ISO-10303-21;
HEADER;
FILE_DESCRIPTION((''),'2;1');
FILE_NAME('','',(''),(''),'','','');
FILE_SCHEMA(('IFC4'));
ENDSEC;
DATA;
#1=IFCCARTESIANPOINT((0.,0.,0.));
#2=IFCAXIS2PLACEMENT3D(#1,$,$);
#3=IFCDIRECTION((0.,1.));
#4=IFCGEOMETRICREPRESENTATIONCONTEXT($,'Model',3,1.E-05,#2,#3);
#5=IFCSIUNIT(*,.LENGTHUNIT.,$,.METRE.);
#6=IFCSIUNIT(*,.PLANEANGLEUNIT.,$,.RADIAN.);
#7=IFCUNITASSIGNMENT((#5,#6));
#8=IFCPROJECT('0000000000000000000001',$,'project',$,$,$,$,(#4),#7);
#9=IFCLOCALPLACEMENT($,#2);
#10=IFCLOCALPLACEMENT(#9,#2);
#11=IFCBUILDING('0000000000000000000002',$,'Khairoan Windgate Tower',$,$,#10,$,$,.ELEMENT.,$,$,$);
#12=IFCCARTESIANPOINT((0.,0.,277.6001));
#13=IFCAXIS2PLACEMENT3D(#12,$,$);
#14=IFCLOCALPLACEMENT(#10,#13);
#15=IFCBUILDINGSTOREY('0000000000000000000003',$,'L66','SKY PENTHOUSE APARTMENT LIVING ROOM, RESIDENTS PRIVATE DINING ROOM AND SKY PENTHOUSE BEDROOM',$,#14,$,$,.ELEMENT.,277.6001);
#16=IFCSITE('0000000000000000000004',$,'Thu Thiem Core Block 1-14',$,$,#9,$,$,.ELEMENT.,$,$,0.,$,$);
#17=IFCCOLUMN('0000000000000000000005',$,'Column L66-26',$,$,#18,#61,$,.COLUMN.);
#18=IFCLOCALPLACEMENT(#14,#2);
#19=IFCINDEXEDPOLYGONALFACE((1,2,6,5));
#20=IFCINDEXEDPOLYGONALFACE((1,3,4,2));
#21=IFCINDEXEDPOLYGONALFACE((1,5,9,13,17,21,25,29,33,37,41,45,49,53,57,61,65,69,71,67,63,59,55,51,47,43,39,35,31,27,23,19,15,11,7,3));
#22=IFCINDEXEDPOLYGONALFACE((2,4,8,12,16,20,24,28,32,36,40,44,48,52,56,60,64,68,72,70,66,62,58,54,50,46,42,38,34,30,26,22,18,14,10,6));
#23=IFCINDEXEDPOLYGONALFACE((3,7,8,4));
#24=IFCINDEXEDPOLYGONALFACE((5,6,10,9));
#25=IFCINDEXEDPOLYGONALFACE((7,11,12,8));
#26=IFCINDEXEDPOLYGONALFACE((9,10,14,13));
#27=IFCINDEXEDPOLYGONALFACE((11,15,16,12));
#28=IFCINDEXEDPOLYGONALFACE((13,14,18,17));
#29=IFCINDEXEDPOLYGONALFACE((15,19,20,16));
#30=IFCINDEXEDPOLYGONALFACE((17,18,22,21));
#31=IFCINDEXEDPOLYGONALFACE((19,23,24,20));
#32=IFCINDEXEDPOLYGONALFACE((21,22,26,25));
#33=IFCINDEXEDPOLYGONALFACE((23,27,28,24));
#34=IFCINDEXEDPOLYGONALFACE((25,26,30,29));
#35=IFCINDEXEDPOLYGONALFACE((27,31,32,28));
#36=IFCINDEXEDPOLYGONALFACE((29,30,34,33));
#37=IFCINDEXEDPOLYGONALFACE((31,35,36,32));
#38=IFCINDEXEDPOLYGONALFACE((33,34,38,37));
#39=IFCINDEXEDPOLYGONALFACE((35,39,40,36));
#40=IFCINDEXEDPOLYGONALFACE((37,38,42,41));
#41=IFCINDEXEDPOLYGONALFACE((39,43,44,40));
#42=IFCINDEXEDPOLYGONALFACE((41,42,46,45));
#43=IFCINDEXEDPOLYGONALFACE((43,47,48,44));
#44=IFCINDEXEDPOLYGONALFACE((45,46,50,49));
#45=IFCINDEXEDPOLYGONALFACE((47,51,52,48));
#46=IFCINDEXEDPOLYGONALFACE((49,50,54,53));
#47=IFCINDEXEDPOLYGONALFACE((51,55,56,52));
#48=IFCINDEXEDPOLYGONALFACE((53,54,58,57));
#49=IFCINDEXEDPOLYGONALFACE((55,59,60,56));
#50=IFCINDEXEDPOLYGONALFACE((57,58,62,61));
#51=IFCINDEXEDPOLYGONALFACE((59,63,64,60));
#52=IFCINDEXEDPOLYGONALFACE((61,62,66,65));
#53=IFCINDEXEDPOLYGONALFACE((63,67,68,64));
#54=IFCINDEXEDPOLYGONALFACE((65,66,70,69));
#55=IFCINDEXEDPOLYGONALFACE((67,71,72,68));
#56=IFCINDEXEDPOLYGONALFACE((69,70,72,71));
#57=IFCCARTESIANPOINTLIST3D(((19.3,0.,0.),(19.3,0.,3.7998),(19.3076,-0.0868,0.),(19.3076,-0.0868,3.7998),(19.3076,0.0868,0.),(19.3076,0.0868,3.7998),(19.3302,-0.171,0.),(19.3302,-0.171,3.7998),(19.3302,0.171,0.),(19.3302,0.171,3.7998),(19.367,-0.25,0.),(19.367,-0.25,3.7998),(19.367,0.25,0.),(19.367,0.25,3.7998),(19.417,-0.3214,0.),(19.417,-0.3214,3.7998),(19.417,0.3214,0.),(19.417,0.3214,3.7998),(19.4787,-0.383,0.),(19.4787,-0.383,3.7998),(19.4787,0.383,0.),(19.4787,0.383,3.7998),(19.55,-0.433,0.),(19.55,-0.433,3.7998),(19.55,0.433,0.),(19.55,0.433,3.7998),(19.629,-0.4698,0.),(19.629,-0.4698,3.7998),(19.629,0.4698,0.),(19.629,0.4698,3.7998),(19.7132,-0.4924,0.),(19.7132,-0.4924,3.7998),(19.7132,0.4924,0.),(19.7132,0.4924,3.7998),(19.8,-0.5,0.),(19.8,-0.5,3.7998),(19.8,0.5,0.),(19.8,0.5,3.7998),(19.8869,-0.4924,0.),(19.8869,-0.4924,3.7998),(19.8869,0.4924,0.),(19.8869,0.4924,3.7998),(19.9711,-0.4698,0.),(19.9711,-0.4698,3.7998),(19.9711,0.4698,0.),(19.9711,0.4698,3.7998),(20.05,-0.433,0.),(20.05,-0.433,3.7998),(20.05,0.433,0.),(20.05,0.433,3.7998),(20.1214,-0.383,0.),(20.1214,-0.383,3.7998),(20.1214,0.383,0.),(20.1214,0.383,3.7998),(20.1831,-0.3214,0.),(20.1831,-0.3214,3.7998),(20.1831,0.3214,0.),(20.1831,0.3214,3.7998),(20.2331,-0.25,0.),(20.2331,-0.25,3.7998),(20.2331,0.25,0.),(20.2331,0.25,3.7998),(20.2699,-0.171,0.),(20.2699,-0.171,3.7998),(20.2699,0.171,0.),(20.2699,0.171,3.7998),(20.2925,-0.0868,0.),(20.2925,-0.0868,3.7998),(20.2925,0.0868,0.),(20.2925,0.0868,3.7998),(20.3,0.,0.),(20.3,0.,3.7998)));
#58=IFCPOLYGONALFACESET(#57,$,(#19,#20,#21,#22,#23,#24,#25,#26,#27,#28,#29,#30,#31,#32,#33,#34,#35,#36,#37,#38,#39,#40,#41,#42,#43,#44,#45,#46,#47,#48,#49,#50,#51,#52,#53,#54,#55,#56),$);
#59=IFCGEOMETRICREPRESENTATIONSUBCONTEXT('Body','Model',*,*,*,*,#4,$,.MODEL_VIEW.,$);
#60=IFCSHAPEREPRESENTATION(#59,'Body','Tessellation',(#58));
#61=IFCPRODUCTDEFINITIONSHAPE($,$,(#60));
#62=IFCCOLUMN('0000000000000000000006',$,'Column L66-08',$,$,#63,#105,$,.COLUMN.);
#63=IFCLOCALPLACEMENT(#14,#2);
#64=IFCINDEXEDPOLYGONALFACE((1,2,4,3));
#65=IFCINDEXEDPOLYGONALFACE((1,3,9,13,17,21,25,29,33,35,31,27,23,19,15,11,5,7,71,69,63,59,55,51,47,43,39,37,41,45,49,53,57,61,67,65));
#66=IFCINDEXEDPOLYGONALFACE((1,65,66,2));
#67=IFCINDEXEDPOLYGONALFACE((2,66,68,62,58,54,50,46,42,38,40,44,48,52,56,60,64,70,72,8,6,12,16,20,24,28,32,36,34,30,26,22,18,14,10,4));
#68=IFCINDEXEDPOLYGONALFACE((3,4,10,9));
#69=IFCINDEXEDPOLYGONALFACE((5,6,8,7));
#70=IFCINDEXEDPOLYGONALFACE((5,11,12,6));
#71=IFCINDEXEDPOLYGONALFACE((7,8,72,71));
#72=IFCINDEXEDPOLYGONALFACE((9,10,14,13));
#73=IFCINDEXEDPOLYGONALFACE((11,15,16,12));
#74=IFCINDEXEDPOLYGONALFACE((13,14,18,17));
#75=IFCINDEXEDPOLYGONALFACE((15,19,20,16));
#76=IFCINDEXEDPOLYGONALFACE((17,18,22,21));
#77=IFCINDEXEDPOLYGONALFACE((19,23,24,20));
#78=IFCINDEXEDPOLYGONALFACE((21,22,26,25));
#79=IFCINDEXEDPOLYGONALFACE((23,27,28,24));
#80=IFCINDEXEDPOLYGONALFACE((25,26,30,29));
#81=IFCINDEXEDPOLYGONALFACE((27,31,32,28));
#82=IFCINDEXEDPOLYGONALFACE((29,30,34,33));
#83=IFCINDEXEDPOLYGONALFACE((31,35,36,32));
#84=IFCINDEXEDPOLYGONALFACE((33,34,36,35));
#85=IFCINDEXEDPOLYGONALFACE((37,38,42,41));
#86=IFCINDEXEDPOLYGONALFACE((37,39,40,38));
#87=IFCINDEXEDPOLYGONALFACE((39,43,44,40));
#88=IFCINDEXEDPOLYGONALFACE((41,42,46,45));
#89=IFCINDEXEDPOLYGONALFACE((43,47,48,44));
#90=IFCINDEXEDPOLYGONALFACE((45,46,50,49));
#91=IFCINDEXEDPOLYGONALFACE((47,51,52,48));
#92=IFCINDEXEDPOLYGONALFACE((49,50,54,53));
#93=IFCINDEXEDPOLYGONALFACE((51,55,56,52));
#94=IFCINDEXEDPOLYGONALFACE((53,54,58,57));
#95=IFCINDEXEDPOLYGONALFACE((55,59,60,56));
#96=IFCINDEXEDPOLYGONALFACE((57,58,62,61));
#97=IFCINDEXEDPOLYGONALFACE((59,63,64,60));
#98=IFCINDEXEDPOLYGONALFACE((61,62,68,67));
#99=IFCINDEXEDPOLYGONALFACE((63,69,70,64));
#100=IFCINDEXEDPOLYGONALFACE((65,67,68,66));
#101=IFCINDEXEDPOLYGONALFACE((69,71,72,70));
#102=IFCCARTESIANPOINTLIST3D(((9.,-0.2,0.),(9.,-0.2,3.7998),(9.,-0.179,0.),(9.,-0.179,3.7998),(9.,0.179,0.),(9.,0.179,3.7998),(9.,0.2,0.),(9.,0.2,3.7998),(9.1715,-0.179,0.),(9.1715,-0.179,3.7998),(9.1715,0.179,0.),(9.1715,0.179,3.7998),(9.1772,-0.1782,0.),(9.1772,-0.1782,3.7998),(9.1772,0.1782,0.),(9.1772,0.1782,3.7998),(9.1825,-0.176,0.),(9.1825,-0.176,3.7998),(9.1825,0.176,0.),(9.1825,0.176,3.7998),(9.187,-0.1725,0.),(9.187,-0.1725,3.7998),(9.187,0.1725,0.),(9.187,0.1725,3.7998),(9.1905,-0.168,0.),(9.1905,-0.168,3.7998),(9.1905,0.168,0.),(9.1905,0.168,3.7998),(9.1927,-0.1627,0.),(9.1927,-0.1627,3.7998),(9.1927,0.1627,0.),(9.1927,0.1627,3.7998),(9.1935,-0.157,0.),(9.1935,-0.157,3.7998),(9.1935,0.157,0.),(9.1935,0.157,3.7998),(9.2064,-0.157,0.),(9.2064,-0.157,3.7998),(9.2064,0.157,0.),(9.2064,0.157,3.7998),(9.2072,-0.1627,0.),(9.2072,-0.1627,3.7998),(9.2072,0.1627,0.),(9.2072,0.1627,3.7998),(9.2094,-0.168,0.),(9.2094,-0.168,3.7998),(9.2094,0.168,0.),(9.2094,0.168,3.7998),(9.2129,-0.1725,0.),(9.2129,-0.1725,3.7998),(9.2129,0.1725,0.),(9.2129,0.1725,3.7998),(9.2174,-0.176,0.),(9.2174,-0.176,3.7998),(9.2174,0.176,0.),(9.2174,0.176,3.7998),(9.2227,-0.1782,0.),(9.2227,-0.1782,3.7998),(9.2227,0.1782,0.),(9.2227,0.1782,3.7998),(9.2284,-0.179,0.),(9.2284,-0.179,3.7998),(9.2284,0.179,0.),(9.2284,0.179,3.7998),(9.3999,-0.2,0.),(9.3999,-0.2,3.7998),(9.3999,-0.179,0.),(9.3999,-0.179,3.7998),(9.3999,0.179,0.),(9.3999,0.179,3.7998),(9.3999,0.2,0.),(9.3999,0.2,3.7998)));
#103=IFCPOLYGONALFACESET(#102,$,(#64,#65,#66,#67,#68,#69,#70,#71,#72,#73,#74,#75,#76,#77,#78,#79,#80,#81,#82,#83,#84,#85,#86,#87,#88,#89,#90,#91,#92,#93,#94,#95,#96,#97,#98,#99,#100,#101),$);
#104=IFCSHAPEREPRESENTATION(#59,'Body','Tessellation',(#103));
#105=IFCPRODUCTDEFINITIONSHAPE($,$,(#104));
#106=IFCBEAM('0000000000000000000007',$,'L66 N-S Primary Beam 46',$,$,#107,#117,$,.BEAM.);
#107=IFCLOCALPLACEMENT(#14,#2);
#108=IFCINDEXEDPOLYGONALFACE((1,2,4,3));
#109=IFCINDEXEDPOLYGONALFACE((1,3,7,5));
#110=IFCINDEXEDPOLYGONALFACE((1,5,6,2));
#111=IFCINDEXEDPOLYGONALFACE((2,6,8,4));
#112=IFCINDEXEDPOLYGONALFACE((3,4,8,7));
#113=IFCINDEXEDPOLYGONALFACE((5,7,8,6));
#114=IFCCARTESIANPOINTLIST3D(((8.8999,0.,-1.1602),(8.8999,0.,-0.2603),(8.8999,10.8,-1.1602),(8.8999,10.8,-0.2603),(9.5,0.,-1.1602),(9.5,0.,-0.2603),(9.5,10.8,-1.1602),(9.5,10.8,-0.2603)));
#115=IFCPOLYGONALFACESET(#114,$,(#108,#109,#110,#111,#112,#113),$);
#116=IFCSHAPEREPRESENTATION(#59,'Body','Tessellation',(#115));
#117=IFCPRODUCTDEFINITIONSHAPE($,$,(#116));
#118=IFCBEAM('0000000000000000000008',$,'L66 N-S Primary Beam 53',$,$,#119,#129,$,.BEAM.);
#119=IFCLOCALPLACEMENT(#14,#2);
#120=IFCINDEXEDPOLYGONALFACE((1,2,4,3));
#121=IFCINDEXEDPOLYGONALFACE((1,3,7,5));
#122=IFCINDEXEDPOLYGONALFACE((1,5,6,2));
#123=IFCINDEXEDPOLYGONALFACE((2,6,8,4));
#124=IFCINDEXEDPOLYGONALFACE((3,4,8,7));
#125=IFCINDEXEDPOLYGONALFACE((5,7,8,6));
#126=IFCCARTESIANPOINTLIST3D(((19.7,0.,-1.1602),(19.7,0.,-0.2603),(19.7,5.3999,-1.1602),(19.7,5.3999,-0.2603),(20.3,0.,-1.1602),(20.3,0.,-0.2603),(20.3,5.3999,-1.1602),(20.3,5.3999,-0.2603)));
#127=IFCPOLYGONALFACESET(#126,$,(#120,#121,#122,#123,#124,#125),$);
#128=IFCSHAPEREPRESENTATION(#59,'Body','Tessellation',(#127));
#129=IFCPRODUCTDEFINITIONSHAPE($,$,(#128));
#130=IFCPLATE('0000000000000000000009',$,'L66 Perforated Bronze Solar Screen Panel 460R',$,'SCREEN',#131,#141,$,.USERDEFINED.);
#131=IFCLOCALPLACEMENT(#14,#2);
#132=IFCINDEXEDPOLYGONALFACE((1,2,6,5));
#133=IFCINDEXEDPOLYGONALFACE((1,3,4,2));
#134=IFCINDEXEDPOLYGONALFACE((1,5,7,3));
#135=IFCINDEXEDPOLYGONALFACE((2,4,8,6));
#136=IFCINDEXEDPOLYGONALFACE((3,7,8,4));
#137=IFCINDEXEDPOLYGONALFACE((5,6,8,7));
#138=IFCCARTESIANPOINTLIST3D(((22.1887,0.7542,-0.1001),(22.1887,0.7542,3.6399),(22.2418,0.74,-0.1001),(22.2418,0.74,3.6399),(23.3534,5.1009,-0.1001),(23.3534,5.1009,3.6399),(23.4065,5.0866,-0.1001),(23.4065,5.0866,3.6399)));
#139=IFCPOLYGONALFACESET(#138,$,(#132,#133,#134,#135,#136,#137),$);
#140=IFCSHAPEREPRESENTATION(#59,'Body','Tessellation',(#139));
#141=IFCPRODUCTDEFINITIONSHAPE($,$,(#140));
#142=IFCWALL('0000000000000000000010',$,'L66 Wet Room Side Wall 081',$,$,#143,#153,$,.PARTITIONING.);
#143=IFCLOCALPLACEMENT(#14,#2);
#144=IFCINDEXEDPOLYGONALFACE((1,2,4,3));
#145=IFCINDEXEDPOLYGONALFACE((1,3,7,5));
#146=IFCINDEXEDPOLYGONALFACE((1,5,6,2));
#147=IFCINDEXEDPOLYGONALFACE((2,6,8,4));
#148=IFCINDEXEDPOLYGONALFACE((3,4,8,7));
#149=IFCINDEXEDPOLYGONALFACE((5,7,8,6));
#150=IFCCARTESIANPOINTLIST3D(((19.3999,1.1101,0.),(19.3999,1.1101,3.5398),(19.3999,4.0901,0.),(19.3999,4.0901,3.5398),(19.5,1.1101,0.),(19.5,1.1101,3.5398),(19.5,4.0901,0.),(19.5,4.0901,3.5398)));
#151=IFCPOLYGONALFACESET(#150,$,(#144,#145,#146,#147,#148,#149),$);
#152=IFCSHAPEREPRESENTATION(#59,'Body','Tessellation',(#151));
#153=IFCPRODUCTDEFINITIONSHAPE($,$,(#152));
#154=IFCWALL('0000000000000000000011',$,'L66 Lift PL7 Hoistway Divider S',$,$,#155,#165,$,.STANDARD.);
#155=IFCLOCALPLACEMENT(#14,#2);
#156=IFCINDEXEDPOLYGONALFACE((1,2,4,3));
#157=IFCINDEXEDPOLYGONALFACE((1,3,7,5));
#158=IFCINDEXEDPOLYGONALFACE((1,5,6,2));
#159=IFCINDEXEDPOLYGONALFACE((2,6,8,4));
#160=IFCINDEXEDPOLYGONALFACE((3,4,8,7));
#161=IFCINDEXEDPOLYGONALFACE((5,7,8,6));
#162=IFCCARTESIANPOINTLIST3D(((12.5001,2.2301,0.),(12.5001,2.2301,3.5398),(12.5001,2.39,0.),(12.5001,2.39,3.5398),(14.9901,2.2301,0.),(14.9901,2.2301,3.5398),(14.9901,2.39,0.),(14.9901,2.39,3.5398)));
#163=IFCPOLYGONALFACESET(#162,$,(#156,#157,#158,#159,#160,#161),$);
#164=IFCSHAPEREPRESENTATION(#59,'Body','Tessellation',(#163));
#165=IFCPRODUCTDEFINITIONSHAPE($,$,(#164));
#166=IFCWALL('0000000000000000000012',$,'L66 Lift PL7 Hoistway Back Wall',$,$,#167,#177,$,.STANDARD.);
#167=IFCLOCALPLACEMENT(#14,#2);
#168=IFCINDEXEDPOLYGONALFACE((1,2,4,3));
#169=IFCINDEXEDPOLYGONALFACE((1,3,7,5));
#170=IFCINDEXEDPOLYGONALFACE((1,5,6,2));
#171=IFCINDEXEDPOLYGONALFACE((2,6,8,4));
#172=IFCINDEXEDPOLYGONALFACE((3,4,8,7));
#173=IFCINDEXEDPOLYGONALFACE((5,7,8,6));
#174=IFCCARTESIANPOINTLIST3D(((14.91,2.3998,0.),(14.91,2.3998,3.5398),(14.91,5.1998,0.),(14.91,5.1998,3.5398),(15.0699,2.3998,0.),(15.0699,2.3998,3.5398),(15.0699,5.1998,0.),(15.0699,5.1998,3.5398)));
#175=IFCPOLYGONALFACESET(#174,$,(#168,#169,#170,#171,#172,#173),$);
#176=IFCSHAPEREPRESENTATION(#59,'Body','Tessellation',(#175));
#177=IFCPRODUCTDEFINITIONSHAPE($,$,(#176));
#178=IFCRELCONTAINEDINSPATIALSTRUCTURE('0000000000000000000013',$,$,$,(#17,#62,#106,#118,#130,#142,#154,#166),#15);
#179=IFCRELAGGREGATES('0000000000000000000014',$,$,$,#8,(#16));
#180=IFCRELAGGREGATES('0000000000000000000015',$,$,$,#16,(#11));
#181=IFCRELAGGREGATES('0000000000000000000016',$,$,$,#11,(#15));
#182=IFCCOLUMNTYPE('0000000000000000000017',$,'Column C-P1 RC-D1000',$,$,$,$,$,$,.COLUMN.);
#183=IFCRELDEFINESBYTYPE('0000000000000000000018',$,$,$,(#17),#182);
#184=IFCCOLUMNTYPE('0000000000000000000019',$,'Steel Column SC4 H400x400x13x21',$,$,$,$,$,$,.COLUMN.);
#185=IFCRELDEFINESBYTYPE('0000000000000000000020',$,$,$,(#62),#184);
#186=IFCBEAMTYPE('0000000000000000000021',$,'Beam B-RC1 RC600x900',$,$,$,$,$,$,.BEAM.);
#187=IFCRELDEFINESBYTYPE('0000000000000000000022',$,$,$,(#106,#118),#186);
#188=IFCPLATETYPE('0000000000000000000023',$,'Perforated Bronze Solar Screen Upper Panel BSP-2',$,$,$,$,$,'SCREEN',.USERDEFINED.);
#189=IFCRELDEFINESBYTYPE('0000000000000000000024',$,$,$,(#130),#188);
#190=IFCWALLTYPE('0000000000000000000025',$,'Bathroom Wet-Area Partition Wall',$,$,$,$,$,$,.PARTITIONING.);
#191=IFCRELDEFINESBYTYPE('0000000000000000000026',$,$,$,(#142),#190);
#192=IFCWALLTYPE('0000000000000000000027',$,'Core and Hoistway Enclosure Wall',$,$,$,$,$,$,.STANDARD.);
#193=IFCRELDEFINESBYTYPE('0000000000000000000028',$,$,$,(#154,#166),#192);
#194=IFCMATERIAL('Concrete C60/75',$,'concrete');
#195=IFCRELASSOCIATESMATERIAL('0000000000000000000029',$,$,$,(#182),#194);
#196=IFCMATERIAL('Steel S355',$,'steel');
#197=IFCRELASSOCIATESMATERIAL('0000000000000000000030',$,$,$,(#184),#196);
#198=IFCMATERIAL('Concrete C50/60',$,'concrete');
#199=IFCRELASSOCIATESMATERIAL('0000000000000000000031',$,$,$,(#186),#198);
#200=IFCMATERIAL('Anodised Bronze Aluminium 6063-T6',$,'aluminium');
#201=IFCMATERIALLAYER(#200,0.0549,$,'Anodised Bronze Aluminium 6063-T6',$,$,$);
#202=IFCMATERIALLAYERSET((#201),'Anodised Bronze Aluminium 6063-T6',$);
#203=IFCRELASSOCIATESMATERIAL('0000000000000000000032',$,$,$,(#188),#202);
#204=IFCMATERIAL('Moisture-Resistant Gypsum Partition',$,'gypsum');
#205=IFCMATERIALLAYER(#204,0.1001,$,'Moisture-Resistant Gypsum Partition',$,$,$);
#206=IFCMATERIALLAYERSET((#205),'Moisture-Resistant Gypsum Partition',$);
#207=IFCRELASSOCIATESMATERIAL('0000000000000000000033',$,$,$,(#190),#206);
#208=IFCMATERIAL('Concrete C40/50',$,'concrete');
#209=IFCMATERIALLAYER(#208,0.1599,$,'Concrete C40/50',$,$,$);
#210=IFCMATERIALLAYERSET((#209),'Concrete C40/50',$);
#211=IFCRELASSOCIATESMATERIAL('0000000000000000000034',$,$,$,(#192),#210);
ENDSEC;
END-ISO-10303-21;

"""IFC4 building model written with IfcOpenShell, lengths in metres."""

from ifc_helpers import new_model, si_unit, direction, frame, frame_2d, origin, origin_2d, place, context, subcontext, project, spatial, rectangle, circle, i_section, extrude, material, layer, layer_set, material_profile, profile_set, type_object, element, save


model = new_model("IFC4")

# Units and contexts
model_context = context("Model", 3, precision=1e-05, world=origin(), true_north=direction((0.0, 1.0)))
body_context = subcontext(model_context, "Body", "Model", "MODEL_VIEW")
ifc_project = project(units=[si_unit("LENGTHUNIT", "METRE"), si_unit("PLANEANGLEUNIT", "RADIAN")], contexts=[model_context])

# Site, building, storey
site_placement = place(None, origin())
site = spatial("IfcSite", under=ifc_project, at=site_placement, Name="Thu Thiem Core Block 1-14", CompositionType="ELEMENT", RefElevation=0.0)
building_placement = place(site_placement, origin())
building = spatial("IfcBuilding", under=site, at=building_placement, Name="Khairoan Windgate Tower", CompositionType="ELEMENT")
storey_placement = place(building_placement, frame((0.0, 0.0, 277.6001)))
storey = spatial("IfcBuildingStorey", under=building, at=storey_placement, Name="L66", Description="SKY PENTHOUSE APARTMENT LIVING ROOM, RESIDENTS PRIVATE DINING ROOM AND SKY PENTHOUSE BEDROOM", CompositionType="ELEMENT", Elevation=277.6001)

# Columns
ifc_material_1 = material(Name="Concrete C60/75", Category="concrete")
ifc_material_profile_1 = material_profile(ifc_material_1, circle(Radius=0.5, at=origin_2d()))
ifc_profile_set_1 = profile_set([ifc_material_profile_1], Name="Concrete C60/75")
column_type_1 = type_object("IfcColumnType", Name="Column C-P1 RC-D1000", PredefinedType="COLUMN", material=ifc_profile_set_1)
column_1_placement = place(storey_placement, frame((19.8, 0.0, 0.0), z_axis=(0.0, 0.0, 1.0), x_axis=(1.0, 0.0, 0.0)))
element("IfcColumn", 1, at=column_1_placement, inside=storey, type_object=column_type_1, Name="Column L66-26", PredefinedType="COLUMN", context=body_context, shape_type="SweptSolid", body=[
    extrude(circle(Radius=0.5, at=origin_2d()), origin(), (0.0, 0.0, 1.0), 3.7998),
])
ifc_material_2 = material(Name="Steel S355", Category="steel")
ifc_material_profile_2 = material_profile(ifc_material_2, i_section(OverallWidth=0.3999, OverallDepth=0.3999, WebThickness=0.0129, FlangeThickness=0.021, FilletRadius=0.022, at=origin_2d()))
ifc_profile_set_2 = profile_set([ifc_material_profile_2], Name="Steel S355")
column_type_2 = type_object("IfcColumnType", Name="Steel Column SC4 H400x400x13x21", PredefinedType="COLUMN", material=ifc_profile_set_2)
column_2_placement = place(storey_placement, frame((9.2, 0.0, 0.0), z_axis=(0.0, 0.0, 1.0), x_axis=(1.0, 0.0, 0.0)))
element("IfcColumn", 2, at=column_2_placement, inside=storey, type_object=column_type_2, Name="Column L66-08", PredefinedType="COLUMN", context=body_context, shape_type="SweptSolid", body=[
    extrude(i_section(OverallWidth=0.3999, OverallDepth=0.3999, WebThickness=0.0129, FlangeThickness=0.021, FilletRadius=0.022, at=origin_2d()), origin(), (0.0, 0.0, 1.0), 3.7998),
])

# Beams
ifc_material_3 = material(Name="Concrete C50/60", Category="concrete")
ifc_material_profile_3 = material_profile(ifc_material_3, rectangle(XDim=0.6001, YDim=0.8999, at=origin_2d()))
ifc_profile_set_3 = profile_set([ifc_material_profile_3], Name="Concrete C50/60")
beam_type = type_object("IfcBeamType", Name="Beam B-RC1 RC600x900", PredefinedType="BEAM", material=ifc_profile_set_3)
beam_1_placement = place(storey_placement, frame((9.2, 0.0, -0.7102), z_axis=(0.0, 1.0, 0.0), x_axis=(-1.0, 0.0, 0.0)))
element("IfcBeam", 3, at=beam_1_placement, inside=storey, type_object=beam_type, Name="L66 N-S Primary Beam 46", PredefinedType="BEAM", context=body_context, shape_type="SweptSolid", body=[
    extrude(rectangle(XDim=0.6001, YDim=0.8999, at=origin_2d()), origin(), (0.0, 0.0, 1.0), 10.8),
])
beam_2_placement = place(storey_placement, frame((20.0, 0.0, -0.7102), z_axis=(0.0, 1.0, 0.0), x_axis=(-1.0, 0.0, 0.0)))
element("IfcBeam", 4, at=beam_2_placement, inside=storey, type_object=beam_type, Name="L66 N-S Primary Beam 53", PredefinedType="BEAM", context=body_context, shape_type="SweptSolid", body=[
    extrude(rectangle(XDim=0.6001, YDim=0.8999, at=origin_2d()), origin(), (0.0, 0.0, 1.0), 5.3999),
])

# Plate
ifc_material_4 = material(Name="Anodised Bronze Aluminium 6063-T6", Category="aluminium")
ifc_layer_1 = layer(ifc_material_4, 0.0549, Name="Anodised Bronze Aluminium 6063-T6")
ifc_layer_set_1 = layer_set([ifc_layer_1], Name="Anodised Bronze Aluminium 6063-T6")
plate_type = type_object("IfcPlateType", Name="Perforated Bronze Solar Screen Upper Panel BSP-2", ElementType="SCREEN", PredefinedType="USERDEFINED", material=ifc_layer_set_1)
plate_placement = place(storey_placement, frame((22.7976, 2.9204, -0.1001), z_axis=(0.0, 0.0, 1.0), x_axis=(-0.258819, -0.965926, 0.0)))
element("IfcPlate", 5, at=plate_placement, inside=storey, type_object=plate_type, Name="L66 Perforated Bronze Solar Screen Panel 460R", ObjectType="SCREEN", PredefinedType="USERDEFINED", context=body_context, shape_type="SweptSolid", body=[
    extrude(rectangle(XDim=4.5, YDim=0.0549, at=origin_2d()), origin(), (0.0, 0.0, 1.0), 3.74),
])

# Walls
ifc_material_5 = material(Name="Moisture-Resistant Gypsum Partition", Category="gypsum")
ifc_layer_2 = layer(ifc_material_5, 0.1001, Name="Moisture-Resistant Gypsum Partition")
ifc_layer_set_2 = layer_set([ifc_layer_2], Name="Moisture-Resistant Gypsum Partition")
wall_type_1 = type_object("IfcWallType", Name="Bathroom Wet-Area Partition Wall", PredefinedType="PARTITIONING", material=ifc_layer_set_2)
wall_1_placement = place(storey_placement, frame((19.45, 4.0901, 0.0), z_axis=(0.0, 0.0, 1.0), x_axis=(0.0, -1.0, 0.0)))
element("IfcWall", 6, at=wall_1_placement, inside=storey, type_object=wall_type_1, Name="L66 Wet Room Side Wall 081", PredefinedType="PARTITIONING", context=body_context, shape_type="SweptSolid", body=[
    extrude(rectangle(XDim=2.98, YDim=0.1001, at=frame_2d((1.49, 0.0))), origin(), (0.0, 0.0, 1.0), 3.5398),
])
ifc_material_6 = material(Name="Concrete C40/50", Category="concrete")
ifc_layer_3 = layer(ifc_material_6, 0.1599, Name="Concrete C40/50")
ifc_layer_set_3 = layer_set([ifc_layer_3], Name="Concrete C40/50")
wall_type_2 = type_object("IfcWallType", Name="Core and Hoistway Enclosure Wall", PredefinedType="STANDARD", material=ifc_layer_set_3)
wall_2_placement = place(storey_placement, frame((12.5, 2.3101, 0.0), z_axis=(0.0, 0.0, 1.0), x_axis=(1.0, 0.0, 0.0)))
element("IfcWall", 7, at=wall_2_placement, inside=storey, type_object=wall_type_2, Name="L66 Lift PL7 Hoistway Divider S", PredefinedType="STANDARD", context=body_context, shape_type="SweptSolid", body=[
    extrude(rectangle(XDim=2.49, YDim=0.1599, at=frame_2d((1.2451, 0.0))), origin(), (0.0, 0.0, 1.0), 3.5398),
])
wall_3_placement = place(storey_placement, frame((14.99, 2.3999, 0.0), z_axis=(0.0, 0.0, 1.0), x_axis=(0.0, 1.0, 0.0)))
element("IfcWall", 8, at=wall_3_placement, inside=storey, type_object=wall_type_2, Name="L66 Lift PL7 Hoistway Back Wall", PredefinedType="STANDARD", context=body_context, shape_type="SweptSolid", body=[
    extrude(rectangle(XDim=2.8, YDim=0.1599, at=frame_2d((1.3999, 0.0))), origin(), (0.0, 0.0, 1.0), 3.5398),
])

save(model, "model.ifc")
